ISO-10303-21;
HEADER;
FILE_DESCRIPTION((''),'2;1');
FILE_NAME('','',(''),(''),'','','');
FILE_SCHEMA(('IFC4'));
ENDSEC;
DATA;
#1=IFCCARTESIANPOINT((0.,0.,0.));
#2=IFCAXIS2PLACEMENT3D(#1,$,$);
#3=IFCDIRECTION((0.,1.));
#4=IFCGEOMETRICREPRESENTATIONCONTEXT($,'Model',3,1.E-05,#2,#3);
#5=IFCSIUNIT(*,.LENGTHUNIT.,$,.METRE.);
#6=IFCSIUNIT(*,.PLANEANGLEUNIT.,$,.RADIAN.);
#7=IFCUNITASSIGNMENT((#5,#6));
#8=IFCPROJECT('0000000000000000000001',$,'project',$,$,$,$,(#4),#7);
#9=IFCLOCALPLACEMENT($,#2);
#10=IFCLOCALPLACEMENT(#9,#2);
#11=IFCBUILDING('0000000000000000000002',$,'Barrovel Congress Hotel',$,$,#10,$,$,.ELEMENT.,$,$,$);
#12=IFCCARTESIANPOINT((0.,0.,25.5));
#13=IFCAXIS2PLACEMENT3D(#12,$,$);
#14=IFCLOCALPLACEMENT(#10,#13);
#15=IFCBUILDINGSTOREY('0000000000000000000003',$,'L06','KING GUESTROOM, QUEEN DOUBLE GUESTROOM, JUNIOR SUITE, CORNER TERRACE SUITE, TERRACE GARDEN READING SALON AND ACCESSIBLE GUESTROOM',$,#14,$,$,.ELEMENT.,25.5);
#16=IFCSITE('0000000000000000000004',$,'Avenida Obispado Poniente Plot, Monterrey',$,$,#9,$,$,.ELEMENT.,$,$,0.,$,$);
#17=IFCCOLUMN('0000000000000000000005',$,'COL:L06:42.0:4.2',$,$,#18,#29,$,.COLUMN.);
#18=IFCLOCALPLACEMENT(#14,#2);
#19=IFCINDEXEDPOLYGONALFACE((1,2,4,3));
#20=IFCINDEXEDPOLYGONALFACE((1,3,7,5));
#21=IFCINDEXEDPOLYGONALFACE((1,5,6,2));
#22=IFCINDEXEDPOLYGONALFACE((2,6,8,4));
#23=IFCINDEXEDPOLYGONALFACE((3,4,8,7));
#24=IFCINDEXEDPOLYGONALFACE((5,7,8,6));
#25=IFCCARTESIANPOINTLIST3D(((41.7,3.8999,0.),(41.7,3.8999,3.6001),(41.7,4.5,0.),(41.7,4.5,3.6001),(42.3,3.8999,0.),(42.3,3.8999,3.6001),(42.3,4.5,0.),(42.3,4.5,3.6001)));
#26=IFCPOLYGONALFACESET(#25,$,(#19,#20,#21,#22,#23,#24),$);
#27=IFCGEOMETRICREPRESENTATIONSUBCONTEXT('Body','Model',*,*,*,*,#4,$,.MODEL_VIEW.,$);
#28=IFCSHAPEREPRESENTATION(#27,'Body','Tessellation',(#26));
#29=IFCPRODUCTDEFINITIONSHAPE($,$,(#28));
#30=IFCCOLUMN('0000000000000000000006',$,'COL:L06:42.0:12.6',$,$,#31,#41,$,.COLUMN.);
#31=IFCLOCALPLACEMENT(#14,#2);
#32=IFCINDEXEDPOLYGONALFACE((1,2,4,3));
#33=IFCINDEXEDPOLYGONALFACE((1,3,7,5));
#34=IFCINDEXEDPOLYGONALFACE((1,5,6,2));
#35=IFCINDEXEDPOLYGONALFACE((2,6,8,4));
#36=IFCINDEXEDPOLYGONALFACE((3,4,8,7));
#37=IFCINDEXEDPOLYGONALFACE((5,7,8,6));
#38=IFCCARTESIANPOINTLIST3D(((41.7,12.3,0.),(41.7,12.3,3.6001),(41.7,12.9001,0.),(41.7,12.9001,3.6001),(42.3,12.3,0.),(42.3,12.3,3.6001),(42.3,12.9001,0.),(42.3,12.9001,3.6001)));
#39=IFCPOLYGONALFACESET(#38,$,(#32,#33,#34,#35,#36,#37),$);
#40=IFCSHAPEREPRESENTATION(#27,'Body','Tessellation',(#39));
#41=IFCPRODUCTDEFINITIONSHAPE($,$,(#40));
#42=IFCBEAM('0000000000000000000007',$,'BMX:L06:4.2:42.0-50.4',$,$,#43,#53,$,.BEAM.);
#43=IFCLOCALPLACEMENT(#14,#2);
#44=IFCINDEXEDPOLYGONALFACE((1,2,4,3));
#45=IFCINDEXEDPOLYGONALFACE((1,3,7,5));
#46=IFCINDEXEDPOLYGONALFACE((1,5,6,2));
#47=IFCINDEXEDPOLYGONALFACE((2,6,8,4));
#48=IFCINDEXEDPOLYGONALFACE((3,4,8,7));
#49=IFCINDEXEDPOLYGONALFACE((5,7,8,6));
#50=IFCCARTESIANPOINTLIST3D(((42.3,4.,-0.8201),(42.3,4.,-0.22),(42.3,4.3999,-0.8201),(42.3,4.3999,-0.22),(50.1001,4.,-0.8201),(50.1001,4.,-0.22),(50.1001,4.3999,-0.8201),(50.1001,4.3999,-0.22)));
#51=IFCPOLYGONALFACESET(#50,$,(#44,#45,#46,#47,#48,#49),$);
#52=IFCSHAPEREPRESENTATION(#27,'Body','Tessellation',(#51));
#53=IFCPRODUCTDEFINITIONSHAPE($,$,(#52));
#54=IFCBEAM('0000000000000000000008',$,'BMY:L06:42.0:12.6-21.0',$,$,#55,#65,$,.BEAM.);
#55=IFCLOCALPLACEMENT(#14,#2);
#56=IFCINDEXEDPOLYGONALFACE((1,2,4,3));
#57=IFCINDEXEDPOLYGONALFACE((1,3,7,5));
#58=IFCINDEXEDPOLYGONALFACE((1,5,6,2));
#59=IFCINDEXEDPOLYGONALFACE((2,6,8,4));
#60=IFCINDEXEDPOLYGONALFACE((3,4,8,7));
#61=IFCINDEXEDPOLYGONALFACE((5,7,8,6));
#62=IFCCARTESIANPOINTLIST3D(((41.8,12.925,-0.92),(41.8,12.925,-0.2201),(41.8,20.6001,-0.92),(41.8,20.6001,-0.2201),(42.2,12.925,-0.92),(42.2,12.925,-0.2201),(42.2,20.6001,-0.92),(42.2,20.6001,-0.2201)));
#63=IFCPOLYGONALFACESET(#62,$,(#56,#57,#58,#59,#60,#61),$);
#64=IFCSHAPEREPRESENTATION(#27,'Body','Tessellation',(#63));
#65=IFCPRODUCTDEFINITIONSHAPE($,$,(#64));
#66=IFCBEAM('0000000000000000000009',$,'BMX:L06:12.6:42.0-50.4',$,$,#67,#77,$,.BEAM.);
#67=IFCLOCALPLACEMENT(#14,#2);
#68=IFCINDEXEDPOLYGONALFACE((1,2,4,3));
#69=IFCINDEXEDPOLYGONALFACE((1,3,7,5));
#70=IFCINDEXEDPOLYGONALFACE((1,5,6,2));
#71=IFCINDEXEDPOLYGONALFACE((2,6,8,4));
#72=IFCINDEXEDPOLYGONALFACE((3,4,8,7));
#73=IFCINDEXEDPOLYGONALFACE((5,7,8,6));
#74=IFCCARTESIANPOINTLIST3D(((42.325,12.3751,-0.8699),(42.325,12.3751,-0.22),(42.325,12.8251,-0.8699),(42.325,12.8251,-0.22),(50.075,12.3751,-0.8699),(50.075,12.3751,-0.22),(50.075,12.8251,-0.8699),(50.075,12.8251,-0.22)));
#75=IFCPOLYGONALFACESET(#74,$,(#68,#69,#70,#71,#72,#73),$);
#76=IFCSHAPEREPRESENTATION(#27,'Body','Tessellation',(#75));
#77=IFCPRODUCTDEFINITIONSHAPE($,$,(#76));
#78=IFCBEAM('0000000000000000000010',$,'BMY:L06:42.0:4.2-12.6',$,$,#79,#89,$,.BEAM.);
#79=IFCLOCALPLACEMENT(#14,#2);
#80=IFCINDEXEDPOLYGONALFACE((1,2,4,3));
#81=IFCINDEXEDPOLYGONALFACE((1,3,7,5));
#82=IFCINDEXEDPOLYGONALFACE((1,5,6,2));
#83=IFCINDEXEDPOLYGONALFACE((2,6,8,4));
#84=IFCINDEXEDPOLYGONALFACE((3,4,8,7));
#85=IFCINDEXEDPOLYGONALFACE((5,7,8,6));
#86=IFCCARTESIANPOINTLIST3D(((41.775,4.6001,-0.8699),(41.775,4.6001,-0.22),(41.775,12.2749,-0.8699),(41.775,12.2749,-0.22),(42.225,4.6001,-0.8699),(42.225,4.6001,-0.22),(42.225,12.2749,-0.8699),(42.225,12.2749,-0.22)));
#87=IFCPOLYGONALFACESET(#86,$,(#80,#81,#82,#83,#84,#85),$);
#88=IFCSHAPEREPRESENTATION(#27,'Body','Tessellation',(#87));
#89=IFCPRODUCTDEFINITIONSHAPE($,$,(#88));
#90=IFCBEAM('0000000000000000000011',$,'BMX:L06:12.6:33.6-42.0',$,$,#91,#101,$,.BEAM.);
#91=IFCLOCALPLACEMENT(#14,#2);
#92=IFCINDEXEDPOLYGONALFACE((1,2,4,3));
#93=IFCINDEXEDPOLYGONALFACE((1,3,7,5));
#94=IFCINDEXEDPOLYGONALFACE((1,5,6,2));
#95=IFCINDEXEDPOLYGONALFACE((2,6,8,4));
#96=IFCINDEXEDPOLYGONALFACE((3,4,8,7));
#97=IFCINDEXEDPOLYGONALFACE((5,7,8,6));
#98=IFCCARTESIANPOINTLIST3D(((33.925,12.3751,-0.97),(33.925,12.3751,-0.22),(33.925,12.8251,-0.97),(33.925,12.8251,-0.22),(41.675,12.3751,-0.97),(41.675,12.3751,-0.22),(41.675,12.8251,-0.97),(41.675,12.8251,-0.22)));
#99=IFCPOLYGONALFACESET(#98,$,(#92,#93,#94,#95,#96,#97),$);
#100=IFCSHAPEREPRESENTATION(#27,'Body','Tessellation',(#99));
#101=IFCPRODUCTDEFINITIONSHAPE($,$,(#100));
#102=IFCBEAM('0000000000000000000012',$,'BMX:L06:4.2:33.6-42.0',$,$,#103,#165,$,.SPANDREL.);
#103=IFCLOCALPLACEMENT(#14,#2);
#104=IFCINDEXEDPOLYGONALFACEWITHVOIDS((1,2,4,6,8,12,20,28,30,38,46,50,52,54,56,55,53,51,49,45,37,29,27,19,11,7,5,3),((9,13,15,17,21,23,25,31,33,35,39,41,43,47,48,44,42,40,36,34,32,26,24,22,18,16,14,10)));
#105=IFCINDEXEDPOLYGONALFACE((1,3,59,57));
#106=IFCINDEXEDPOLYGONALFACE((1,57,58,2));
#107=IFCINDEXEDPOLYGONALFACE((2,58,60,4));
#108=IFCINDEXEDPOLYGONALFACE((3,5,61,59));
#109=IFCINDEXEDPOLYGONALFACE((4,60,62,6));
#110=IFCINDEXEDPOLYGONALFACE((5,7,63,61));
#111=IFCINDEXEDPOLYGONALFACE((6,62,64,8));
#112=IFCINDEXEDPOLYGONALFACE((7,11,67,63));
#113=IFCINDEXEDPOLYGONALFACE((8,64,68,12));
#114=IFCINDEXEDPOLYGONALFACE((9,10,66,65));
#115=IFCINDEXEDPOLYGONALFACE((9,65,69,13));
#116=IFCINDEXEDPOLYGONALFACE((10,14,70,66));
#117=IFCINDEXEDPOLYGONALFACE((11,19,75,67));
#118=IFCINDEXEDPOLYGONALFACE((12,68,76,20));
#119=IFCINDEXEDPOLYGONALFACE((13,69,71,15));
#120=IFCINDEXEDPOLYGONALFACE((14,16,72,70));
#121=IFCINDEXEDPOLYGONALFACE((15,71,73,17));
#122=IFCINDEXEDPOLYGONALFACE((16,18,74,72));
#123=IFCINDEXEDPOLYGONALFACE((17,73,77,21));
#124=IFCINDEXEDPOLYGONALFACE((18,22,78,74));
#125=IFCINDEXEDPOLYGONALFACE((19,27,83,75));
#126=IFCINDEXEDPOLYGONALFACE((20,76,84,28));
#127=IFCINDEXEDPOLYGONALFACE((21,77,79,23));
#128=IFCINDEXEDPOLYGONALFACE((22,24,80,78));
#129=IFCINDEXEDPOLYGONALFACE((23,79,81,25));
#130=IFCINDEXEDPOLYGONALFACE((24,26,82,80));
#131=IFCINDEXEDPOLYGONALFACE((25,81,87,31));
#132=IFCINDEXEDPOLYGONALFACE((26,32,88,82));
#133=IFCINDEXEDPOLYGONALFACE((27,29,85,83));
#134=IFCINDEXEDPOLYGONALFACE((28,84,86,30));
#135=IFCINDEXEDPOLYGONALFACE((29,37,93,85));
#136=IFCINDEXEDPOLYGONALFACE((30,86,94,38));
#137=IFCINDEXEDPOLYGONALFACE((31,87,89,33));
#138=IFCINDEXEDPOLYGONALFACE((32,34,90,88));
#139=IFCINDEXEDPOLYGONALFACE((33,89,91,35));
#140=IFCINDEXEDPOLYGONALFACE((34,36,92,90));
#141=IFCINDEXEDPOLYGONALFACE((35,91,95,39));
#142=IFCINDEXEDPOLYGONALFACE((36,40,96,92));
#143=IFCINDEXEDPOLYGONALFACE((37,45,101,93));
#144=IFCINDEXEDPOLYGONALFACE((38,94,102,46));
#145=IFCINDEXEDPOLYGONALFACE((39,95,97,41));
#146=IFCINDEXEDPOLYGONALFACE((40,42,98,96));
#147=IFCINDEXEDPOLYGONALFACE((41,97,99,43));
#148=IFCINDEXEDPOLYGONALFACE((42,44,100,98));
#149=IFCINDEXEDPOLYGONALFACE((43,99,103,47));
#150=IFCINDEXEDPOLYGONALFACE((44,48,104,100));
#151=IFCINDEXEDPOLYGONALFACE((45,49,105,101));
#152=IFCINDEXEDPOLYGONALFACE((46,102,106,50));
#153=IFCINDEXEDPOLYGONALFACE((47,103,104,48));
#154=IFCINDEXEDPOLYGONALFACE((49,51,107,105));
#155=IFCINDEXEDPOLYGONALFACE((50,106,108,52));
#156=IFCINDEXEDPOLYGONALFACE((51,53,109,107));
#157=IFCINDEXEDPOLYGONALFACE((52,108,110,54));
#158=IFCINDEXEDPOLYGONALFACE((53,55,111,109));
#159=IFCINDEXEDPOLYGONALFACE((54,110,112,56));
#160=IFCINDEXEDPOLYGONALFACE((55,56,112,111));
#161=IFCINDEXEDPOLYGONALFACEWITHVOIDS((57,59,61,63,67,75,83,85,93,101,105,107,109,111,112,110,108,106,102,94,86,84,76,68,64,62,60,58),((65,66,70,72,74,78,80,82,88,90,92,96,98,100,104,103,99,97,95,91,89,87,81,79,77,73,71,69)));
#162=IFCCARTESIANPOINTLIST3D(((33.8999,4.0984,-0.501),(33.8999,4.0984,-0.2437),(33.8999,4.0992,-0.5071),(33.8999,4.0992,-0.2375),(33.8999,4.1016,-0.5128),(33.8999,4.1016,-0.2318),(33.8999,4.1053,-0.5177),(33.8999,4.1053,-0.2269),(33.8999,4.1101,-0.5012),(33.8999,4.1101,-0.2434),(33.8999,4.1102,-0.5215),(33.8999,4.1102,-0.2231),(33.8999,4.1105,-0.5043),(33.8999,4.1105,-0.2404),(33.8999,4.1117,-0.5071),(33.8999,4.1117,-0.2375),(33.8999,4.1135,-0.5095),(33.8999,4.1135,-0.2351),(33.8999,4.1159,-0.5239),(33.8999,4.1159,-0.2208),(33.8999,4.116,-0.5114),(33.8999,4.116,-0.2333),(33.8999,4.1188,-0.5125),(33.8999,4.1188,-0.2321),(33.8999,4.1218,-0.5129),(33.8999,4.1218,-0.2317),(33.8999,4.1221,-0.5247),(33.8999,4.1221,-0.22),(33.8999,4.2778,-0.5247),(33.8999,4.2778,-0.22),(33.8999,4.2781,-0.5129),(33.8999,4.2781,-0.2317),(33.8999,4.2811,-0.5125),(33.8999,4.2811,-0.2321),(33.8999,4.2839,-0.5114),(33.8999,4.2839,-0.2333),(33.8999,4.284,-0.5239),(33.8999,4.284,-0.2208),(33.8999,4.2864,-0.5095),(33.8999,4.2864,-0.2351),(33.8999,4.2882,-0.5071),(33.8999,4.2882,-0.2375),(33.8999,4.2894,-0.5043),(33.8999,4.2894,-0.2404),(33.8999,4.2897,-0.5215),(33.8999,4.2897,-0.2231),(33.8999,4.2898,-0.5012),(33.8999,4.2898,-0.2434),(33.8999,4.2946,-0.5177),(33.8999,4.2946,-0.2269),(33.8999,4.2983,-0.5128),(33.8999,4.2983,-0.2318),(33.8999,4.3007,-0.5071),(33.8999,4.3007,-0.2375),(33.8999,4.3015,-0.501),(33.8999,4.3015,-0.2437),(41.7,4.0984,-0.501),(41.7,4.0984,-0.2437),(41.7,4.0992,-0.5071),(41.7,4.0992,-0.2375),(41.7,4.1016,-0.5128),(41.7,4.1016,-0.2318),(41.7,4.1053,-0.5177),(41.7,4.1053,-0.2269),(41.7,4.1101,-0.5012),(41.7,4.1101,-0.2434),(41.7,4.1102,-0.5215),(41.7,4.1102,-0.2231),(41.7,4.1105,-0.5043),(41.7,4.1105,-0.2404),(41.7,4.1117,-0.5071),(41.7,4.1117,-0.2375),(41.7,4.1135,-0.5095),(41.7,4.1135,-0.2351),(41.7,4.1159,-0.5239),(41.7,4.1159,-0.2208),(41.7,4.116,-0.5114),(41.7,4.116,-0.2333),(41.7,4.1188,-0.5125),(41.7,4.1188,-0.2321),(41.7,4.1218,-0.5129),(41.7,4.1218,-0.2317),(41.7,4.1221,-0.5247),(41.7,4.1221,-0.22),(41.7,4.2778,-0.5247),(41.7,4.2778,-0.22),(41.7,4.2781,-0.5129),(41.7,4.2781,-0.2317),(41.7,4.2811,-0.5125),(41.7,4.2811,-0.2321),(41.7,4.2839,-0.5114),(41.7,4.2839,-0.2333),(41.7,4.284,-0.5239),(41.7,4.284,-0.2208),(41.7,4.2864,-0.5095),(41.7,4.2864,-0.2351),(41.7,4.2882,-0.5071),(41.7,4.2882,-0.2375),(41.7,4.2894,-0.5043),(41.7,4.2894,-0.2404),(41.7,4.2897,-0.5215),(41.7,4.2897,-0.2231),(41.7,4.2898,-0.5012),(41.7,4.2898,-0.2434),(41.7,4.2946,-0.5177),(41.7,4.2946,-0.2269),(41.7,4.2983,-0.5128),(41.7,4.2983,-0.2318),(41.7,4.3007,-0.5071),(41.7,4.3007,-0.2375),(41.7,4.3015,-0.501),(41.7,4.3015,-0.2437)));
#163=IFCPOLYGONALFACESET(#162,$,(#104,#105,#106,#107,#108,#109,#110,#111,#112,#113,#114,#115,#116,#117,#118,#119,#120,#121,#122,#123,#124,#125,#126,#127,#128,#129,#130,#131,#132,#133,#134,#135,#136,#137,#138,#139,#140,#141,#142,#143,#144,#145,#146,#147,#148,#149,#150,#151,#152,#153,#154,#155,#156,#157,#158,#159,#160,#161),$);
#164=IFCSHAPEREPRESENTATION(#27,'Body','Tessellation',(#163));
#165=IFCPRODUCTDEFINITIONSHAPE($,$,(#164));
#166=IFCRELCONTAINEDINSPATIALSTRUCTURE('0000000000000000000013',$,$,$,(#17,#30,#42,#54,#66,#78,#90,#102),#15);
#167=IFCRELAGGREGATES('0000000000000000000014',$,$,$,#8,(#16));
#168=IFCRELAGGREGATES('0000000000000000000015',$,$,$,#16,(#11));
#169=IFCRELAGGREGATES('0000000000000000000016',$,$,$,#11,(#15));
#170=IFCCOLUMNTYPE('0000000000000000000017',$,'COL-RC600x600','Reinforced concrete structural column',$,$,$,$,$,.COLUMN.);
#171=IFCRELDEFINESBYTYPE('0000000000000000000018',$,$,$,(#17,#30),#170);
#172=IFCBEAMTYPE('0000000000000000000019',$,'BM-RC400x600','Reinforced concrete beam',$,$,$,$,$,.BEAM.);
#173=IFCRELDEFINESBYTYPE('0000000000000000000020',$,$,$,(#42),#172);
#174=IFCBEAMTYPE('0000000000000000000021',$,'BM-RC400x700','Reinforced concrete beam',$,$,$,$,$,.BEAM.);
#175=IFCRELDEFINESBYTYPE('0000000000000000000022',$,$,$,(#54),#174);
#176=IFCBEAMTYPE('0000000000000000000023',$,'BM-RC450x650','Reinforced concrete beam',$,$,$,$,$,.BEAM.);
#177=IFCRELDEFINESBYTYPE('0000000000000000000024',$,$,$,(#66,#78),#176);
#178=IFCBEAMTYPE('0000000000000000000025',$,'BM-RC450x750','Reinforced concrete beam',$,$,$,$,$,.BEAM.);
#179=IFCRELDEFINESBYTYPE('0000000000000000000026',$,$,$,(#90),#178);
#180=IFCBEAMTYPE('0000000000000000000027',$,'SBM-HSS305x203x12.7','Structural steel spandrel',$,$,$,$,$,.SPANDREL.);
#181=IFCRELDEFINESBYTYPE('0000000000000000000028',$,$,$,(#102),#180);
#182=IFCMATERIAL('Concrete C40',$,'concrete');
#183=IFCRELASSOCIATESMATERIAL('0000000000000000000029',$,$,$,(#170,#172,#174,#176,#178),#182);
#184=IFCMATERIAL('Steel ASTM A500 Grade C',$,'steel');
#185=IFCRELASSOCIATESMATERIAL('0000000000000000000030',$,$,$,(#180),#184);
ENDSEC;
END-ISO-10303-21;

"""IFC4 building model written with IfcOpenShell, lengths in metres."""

from ifc_helpers import new_model, si_unit, direction, frame, origin, origin_2d, place, context, subcontext, project, spatial, rectangle, hollow_rectangle, extrude, material, material_profile, profile_set, type_object, element, save


model = new_model("IFC4")

# Units and contexts
model_context = context("Model", 3, precision=1e-05, world=origin(), true_north=direction((0.0, 1.0)))
body_context = subcontext(model_context, "Body", "Model", "MODEL_VIEW")
ifc_project = project(units=[si_unit("LENGTHUNIT", "METRE"), si_unit("PLANEANGLEUNIT", "RADIAN")], contexts=[model_context])

# Site, building, storey
site_placement = place(None, origin())
site = spatial("IfcSite", under=ifc_project, at=site_placement, Name="Avenida Obispado Poniente Plot, Monterrey", CompositionType="ELEMENT", RefElevation=0.0)
building_placement = place(site_placement, origin())
building = spatial("IfcBuilding", under=site, at=building_placement, Name="Barrovel Congress Hotel", CompositionType="ELEMENT")
storey_placement = place(building_placement, frame((0.0, 0.0, 25.5)))
storey = spatial("IfcBuildingStorey", under=building, at=storey_placement, Name="L06", Description="KING GUESTROOM, QUEEN DOUBLE GUESTROOM, JUNIOR SUITE, CORNER TERRACE SUITE, TERRACE GARDEN READING SALON AND ACCESSIBLE GUESTROOM", CompositionType="ELEMENT", Elevation=25.5)

# Columns
ifc_material_1 = material(Name="Concrete C40", Category="concrete")
ifc_material_profile_1 = material_profile(ifc_material_1, rectangle(XDim=0.6001, YDim=0.6001, at=origin_2d()), Name="RC600x600")
ifc_profile_set_1 = profile_set([ifc_material_profile_1], Name="Concrete C40")
column_type = type_object("IfcColumnType", Name="COL-RC600x600", Description="Reinforced concrete structural column", PredefinedType="COLUMN", material=ifc_profile_set_1)
for number, where, z_axis, x_axis, name in (
    (1, (42.0, 4.2, 0.0), (0.0, 0.0, 1.0), (1.0, 0.0, 0.0), "COL:L06:42.0:4.2"),
    (2, (42.0, 12.6001, 0.0), (0.0, 0.0, 1.0), (1.0, 0.0, 0.0), "COL:L06:42.0:12.6"),
):
    element("IfcColumn", number, at=place(storey_placement, frame(where, z_axis=z_axis, x_axis=x_axis)), inside=storey, type_object=column_type, Name=name, PredefinedType="COLUMN", context=body_context, shape_type="SweptSolid", body=[
        extrude(rectangle(XDim=0.6001, YDim=0.6001, at=origin_2d()), origin(), (0.0, 0.0, 1.0), 3.6001),
    ])

# Beams
ifc_material_profile_2 = material_profile(ifc_material_1, rectangle(XDim=0.3999, YDim=0.6001, at=origin_2d()), Name="RC400x600")
ifc_profile_set_2 = profile_set([ifc_material_profile_2], Name="Concrete C40")
beam_type_1 = type_object("IfcBeamType", Name="BM-RC400x600", Description="Reinforced concrete beam", PredefinedType="BEAM", material=ifc_profile_set_2)
beam_1_placement = place(storey_placement, frame((42.3, 4.2, -0.52), z_axis=(1.0, 0.0, 0.0), x_axis=(0.0, 1.0, 0.0)))
element("IfcBeam", 3, at=beam_1_placement, inside=storey, type_object=beam_type_1, Name="BMX:L06:4.2:42.0-50.4", PredefinedType="BEAM", context=body_context, shape_type="SweptSolid", body=[
    extrude(rectangle(XDim=0.3999, YDim=0.6001, at=origin_2d()), origin(), (0.0, 0.0, 1.0), 7.8),
])
ifc_material_profile_3 = material_profile(ifc_material_1, rectangle(XDim=0.3999, YDim=0.7, at=origin_2d()), Name="RC400x700")
ifc_profile_set_3 = profile_set([ifc_material_profile_3], Name="Concrete C40")
beam_type_2 = type_object("IfcBeamType", Name="BM-RC400x700", Description="Reinforced concrete beam", PredefinedType="BEAM", material=ifc_profile_set_3)
beam_2_placement = place(storey_placement, frame((42.0, 12.925, -0.5701), z_axis=(0.0, 1.0, 0.0), x_axis=(-1.0, 0.0, 0.0)))
element("IfcBeam", 4, at=beam_2_placement, inside=storey, type_object=beam_type_2, Name="BMY:L06:42.0:12.6-21.0", PredefinedType="BEAM", context=body_context, shape_type="SweptSolid", body=[
    extrude(rectangle(XDim=0.3999, YDim=0.7, at=origin_2d()), origin(), (0.0, 0.0, 1.0), 7.675),
])
ifc_material_profile_4 = material_profile(ifc_material_1, rectangle(XDim=0.45, YDim=0.6499, at=origin_2d()), Name="RC450x650")
ifc_profile_set_4 = profile_set([ifc_material_profile_4], Name="Concrete C40")
beam_type_3 = type_object("IfcBeamType", Name="BM-RC450x650", Description="Reinforced concrete beam", PredefinedType="BEAM", material=ifc_profile_set_4)
beam_3_placement = place(storey_placement, frame((42.325, 12.6001, -0.5449), z_axis=(1.0, 0.0, 0.0), x_axis=(0.0, 1.0, 0.0)))
element("IfcBeam", 5, at=beam_3_placement, inside=storey, type_object=beam_type_3, Name="BMX:L06:12.6:42.0-50.4", PredefinedType="BEAM", context=body_context, shape_type="SweptSolid", body=[
    extrude(rectangle(XDim=0.45, YDim=0.6499, at=origin_2d()), origin(), (0.0, 0.0, 1.0), 7.75),
])
beam_4_placement = place(storey_placement, frame((42.0, 4.6001, -0.5449), z_axis=(0.0, 1.0, 0.0), x_axis=(-1.0, 0.0, 0.0)))
element("IfcBeam", 6, at=beam_4_placement, inside=storey, type_object=beam_type_3, Name="BMY:L06:42.0:4.2-12.6", PredefinedType="BEAM", context=body_context, shape_type="SweptSolid", body=[
    extrude(rectangle(XDim=0.45, YDim=0.6499, at=origin_2d()), origin(), (0.0, 0.0, 1.0), 7.6748),
])
ifc_material_profile_5 = material_profile(ifc_material_1, rectangle(XDim=0.45, YDim=0.75, at=origin_2d()), Name="RC450x750")
ifc_profile_set_5 = profile_set([ifc_material_profile_5], Name="Concrete C40")
beam_type_4 = type_object("IfcBeamType", Name="BM-RC450x750", Description="Reinforced concrete beam", PredefinedType="BEAM", material=ifc_profile_set_5)
beam_5_placement = place(storey_placement, frame((33.925, 12.6001, -0.595), z_axis=(1.0, 0.0, 0.0), x_axis=(0.0, 1.0, 0.0)))
element("IfcBeam", 7, at=beam_5_placement, inside=storey, type_object=beam_type_4, Name="BMX:L06:12.6:33.6-42.0", PredefinedType="BEAM", context=body_context, shape_type="SweptSolid", body=[
    extrude(rectangle(XDim=0.45, YDim=0.75, at=origin_2d()), origin(), (0.0, 0.0, 1.0), 7.75),
])
ifc_material_2 = material(Name="Steel ASTM A500 Grade C", Category="steel")
ifc_material_profile_6 = material_profile(ifc_material_2, hollow_rectangle(XDim=0.2031, YDim=0.3047, WallThickness=0.0117, InnerFilletRadius=0.0117, OuterFilletRadius=0.0237, at=origin_2d()), Name="HSS305x203x12.7")
ifc_profile_set_6 = profile_set([ifc_material_profile_6], Name="Steel ASTM A500 Grade C")
beam_type_5 = type_object("IfcBeamType", Name="SBM-HSS305x203x12.7", Description="Structural steel spandrel", PredefinedType="SPANDREL", material=ifc_profile_set_6)
beam_6_placement = place(storey_placement, frame((33.8999, 4.2, -0.3723), z_axis=(1.0, 0.0, 0.0), x_axis=(0.0, 1.0, 0.0)))
element("IfcBeam", 8, at=beam_6_placement, inside=storey, type_object=beam_type_5, Name="BMX:L06:4.2:33.6-42.0", PredefinedType="SPANDREL", context=body_context, shape_type="SweptSolid", body=[
    extrude(hollow_rectangle(XDim=0.2031, YDim=0.3047, WallThickness=0.0117, InnerFilletRadius=0.0117, OuterFilletRadius=0.0237, at=origin_2d()), origin(), (0.0, 0.0, 1.0), 7.8),
])

save(model, "model.ifc")
